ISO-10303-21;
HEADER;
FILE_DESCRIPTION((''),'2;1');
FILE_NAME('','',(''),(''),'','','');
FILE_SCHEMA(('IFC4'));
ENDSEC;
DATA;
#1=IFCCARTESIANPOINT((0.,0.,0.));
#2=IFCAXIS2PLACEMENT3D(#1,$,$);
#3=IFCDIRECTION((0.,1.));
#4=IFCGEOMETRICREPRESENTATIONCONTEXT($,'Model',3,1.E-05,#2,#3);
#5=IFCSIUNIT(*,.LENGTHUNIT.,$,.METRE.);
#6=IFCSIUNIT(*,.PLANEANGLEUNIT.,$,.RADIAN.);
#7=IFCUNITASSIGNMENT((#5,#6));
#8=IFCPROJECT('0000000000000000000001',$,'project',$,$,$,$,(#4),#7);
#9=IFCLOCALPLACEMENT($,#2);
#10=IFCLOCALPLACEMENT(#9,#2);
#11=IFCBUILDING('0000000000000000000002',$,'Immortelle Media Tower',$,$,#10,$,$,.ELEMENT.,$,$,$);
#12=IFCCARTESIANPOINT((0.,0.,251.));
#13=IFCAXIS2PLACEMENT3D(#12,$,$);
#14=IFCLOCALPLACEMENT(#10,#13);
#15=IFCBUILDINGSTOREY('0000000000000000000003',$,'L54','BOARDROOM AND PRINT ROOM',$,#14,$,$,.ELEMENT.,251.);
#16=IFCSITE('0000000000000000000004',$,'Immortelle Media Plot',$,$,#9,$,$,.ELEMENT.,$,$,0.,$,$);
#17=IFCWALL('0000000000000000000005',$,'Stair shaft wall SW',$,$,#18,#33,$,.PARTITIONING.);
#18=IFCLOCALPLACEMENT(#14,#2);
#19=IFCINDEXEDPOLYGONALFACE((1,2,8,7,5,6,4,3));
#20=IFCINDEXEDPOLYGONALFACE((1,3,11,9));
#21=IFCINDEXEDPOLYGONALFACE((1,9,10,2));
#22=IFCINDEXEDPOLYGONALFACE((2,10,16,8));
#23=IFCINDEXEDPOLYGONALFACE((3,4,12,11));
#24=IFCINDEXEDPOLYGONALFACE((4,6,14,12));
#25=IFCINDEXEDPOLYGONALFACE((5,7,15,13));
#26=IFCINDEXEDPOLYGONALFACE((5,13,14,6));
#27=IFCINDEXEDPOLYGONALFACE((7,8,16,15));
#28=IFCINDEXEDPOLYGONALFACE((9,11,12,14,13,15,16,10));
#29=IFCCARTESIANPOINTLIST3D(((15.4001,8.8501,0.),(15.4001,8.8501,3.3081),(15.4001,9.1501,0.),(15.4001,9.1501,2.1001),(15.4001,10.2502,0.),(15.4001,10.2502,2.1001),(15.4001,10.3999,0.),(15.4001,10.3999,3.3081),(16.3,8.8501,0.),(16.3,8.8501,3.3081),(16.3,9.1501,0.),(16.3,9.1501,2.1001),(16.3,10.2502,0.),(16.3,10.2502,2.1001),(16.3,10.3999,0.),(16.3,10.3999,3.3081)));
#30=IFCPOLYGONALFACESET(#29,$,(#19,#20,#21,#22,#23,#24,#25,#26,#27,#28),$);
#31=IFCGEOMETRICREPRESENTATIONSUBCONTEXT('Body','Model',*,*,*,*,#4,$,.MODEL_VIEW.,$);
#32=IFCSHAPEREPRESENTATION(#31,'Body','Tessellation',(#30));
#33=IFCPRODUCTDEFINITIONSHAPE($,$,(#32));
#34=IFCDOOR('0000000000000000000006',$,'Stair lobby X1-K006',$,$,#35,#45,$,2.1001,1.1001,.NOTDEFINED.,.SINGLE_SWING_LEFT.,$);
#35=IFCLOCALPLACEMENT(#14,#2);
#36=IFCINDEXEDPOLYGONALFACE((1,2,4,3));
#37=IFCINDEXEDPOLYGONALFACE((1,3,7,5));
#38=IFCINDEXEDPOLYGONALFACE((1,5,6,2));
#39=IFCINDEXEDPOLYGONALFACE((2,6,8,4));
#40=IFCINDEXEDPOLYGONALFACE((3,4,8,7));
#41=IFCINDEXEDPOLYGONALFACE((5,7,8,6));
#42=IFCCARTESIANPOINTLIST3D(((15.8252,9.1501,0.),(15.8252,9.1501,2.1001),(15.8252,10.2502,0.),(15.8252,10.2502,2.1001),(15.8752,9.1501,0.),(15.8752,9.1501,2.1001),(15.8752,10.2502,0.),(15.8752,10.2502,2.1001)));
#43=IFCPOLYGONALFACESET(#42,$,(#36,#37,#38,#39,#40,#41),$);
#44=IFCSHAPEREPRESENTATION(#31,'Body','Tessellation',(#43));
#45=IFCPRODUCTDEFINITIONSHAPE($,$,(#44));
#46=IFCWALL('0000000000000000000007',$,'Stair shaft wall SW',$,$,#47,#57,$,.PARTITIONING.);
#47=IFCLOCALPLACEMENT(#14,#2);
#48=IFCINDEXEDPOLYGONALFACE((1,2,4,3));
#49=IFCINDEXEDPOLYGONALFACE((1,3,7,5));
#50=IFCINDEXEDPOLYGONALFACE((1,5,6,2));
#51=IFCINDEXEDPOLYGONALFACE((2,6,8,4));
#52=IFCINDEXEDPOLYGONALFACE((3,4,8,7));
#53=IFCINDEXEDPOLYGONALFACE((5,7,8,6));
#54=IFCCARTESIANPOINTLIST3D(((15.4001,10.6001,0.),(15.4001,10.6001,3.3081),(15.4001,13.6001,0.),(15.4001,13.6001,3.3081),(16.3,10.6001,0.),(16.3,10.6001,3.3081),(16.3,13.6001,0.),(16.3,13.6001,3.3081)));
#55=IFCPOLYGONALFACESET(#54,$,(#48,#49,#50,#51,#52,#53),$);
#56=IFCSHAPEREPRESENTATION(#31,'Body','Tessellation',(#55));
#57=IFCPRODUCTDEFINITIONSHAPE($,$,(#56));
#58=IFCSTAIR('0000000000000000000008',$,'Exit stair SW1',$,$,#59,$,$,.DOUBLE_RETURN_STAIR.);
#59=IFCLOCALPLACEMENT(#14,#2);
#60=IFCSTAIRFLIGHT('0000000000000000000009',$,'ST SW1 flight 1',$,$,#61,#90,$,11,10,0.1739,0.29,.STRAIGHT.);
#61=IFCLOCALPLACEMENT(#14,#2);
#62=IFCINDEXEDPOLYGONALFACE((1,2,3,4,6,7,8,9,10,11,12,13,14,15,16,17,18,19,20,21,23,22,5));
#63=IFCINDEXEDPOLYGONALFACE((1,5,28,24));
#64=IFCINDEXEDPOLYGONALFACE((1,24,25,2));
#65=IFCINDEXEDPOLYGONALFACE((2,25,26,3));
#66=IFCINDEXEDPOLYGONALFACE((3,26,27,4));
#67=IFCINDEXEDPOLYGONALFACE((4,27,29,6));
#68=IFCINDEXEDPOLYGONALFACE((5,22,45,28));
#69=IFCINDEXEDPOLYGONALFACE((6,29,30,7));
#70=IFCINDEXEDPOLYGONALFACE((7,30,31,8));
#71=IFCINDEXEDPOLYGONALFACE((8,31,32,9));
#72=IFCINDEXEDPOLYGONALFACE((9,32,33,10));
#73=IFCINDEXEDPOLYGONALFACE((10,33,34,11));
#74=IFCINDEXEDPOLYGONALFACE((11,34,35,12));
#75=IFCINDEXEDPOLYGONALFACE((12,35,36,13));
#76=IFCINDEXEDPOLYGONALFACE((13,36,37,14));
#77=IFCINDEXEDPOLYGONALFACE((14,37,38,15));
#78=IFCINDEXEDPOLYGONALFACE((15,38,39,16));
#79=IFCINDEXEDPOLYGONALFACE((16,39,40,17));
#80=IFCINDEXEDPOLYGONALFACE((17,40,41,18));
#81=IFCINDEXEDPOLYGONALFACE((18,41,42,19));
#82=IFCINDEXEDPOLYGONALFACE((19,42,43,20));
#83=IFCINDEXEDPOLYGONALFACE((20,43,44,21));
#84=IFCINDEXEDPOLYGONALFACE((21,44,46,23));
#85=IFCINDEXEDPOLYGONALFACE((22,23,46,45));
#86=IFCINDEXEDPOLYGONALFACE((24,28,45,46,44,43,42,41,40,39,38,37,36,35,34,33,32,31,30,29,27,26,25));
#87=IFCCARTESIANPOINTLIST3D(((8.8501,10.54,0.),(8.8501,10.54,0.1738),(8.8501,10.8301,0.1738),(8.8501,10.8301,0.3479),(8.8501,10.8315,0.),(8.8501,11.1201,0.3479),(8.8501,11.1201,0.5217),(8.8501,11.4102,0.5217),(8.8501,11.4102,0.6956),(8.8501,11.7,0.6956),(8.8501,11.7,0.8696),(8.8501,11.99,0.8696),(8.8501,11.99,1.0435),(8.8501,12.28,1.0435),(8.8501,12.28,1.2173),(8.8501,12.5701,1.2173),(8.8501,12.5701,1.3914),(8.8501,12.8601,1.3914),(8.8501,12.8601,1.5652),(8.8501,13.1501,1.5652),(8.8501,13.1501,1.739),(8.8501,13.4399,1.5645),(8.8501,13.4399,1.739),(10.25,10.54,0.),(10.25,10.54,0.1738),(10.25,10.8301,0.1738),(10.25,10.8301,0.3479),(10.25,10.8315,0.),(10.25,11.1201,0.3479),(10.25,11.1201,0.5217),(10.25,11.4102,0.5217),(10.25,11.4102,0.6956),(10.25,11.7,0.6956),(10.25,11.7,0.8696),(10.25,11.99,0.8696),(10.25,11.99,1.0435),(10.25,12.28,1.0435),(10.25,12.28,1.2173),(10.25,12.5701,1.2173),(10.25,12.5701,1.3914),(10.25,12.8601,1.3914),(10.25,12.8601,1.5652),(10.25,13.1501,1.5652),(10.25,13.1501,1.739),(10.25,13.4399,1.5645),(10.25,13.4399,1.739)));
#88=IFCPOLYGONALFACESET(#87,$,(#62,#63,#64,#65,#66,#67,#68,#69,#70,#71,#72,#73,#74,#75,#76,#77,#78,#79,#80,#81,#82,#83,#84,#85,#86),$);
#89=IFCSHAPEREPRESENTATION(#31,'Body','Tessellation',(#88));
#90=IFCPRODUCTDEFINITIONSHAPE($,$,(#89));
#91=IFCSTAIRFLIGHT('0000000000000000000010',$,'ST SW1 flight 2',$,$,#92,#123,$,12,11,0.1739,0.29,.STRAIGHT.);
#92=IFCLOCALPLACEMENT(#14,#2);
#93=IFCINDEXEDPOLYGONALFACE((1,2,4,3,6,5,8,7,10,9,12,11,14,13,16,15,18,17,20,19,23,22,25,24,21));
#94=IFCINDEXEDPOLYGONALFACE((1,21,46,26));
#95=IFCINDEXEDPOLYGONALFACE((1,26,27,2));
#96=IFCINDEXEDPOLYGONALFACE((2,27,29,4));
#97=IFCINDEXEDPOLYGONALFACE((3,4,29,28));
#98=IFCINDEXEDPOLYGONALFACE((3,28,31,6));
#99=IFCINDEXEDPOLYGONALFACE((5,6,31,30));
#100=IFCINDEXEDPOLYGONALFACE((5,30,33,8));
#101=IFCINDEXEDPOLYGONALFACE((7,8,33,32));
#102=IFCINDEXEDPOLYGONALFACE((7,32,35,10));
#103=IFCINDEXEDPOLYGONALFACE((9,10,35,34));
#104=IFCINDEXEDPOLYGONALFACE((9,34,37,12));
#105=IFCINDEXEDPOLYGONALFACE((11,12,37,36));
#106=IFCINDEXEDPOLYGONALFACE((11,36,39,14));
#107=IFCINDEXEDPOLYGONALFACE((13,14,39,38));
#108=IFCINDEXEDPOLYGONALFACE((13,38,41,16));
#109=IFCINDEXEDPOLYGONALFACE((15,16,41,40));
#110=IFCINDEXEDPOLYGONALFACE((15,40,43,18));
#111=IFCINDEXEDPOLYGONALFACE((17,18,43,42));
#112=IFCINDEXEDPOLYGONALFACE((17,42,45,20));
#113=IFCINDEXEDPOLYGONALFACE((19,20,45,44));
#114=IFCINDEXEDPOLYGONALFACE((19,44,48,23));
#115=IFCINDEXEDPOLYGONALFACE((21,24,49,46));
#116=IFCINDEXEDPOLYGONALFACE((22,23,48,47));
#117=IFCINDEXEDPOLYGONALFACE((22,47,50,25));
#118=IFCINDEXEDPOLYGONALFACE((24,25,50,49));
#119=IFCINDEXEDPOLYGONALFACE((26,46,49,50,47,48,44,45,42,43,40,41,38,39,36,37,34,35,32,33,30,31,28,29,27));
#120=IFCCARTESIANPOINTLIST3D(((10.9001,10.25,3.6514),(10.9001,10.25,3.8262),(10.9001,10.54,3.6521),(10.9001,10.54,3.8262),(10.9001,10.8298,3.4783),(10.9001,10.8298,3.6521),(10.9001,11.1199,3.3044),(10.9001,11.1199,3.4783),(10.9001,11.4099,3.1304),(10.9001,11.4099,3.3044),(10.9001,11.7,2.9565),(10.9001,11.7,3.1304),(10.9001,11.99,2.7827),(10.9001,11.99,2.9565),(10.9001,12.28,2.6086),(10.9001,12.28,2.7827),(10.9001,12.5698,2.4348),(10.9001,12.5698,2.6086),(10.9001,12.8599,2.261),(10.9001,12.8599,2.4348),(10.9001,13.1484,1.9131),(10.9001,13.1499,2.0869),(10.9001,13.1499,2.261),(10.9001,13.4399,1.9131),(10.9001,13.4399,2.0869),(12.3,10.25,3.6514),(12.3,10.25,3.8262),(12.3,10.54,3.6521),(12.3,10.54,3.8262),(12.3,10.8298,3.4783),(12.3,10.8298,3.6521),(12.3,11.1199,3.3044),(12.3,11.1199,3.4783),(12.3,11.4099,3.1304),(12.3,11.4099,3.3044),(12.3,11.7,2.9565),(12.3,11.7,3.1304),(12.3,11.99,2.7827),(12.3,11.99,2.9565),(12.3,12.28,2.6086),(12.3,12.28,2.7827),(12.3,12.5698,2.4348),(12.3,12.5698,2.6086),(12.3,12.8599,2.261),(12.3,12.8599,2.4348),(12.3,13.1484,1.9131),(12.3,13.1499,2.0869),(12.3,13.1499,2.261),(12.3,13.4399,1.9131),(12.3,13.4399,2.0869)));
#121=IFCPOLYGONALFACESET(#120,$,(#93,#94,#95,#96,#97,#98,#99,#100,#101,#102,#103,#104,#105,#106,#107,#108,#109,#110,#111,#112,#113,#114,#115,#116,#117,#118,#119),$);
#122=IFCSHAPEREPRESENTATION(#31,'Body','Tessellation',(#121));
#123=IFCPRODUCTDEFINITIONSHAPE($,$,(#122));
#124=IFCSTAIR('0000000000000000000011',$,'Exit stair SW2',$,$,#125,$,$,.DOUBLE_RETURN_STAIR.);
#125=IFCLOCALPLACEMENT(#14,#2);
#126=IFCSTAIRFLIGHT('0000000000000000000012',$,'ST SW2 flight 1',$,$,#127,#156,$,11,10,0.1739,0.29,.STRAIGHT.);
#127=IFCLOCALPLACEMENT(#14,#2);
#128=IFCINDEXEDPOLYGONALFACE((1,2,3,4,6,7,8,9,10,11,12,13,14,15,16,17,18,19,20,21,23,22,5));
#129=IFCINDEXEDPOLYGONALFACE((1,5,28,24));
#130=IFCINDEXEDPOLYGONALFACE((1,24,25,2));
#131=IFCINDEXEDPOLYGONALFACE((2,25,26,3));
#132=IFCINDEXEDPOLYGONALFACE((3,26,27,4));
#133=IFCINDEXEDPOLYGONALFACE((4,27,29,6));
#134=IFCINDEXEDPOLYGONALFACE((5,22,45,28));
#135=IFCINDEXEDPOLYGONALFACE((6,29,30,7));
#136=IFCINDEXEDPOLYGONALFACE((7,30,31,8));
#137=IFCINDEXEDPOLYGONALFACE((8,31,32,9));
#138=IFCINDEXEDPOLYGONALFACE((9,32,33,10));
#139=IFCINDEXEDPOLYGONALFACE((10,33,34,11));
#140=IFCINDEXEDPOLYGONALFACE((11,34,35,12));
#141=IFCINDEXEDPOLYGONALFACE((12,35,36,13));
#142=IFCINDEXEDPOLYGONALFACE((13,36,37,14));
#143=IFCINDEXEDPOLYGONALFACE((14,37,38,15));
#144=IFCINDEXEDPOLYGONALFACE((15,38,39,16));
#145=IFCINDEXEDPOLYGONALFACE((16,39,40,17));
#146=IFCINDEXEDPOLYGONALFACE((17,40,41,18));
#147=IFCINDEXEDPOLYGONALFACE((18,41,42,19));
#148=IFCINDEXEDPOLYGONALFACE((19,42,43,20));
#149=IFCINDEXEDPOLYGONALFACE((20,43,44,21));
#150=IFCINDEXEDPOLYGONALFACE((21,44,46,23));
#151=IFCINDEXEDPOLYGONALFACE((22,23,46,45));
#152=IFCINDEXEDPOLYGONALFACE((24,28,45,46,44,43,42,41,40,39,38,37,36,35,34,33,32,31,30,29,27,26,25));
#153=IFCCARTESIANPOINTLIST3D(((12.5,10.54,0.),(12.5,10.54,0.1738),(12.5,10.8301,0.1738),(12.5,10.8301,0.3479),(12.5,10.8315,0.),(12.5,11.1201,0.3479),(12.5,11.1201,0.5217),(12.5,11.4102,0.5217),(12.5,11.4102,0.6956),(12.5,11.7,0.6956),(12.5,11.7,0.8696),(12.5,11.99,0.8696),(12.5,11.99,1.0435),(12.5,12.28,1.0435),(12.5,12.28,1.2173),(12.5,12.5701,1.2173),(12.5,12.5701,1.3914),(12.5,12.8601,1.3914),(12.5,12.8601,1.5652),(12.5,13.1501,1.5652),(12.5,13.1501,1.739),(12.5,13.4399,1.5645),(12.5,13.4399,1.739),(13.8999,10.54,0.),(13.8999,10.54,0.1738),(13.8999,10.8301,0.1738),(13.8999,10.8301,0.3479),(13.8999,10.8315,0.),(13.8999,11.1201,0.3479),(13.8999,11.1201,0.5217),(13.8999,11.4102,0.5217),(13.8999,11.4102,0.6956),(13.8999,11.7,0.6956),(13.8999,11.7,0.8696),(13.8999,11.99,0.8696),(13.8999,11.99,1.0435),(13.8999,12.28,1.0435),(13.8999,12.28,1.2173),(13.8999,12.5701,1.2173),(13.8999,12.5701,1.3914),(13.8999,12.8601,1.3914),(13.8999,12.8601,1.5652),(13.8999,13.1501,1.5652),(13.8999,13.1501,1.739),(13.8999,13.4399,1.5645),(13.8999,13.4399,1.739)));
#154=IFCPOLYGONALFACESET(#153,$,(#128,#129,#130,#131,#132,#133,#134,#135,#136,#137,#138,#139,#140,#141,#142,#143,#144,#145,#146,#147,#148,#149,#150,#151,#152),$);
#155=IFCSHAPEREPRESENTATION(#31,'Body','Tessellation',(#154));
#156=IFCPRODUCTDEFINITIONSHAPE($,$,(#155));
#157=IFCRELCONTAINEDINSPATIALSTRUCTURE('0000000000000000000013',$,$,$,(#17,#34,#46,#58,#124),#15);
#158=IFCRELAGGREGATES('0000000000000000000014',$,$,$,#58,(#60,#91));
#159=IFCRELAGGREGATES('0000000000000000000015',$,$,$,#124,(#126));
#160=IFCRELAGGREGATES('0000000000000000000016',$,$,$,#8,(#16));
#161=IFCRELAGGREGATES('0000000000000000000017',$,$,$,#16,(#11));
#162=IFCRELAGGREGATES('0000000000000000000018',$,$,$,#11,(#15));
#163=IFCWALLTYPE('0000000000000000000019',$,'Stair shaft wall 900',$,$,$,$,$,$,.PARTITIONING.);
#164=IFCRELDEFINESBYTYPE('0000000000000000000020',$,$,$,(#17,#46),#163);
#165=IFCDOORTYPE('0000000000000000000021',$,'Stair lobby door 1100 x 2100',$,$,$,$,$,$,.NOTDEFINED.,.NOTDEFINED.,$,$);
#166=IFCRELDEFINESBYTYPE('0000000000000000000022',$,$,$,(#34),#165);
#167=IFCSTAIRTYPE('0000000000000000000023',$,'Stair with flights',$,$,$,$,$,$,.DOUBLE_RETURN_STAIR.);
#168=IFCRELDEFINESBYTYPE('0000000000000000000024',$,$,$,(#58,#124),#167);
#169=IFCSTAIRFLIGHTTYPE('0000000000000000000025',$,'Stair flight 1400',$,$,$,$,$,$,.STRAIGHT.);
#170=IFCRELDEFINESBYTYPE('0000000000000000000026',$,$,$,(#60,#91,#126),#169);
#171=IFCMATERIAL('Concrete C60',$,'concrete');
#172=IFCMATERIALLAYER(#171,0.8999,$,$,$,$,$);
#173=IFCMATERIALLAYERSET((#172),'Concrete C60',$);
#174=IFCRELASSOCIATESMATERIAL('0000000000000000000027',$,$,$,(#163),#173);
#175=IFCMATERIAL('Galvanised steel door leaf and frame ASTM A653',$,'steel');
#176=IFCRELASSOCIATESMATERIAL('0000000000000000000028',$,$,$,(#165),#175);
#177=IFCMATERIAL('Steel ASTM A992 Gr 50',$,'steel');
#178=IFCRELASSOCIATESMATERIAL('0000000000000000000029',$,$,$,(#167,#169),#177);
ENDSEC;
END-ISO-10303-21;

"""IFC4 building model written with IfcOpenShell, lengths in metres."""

from ifc_helpers import new_model, si_unit, direction, frame, frame_2d, origin, place, context, subcontext, project, spatial, polyline, rectangle, outline, extrude, material, layer, layer_set, type_object, element, fill, aggregate, save


model = new_model("IFC4")

# Units and contexts
model_context = context("Model", 3, precision=1e-05, world=origin(), true_north=direction((0.0, 1.0)))
body_context = subcontext(model_context, "Body", "Model", "MODEL_VIEW")
ifc_project = project(units=[si_unit("LENGTHUNIT", "METRE"), si_unit("PLANEANGLEUNIT", "RADIAN")], contexts=[model_context])

# Site, building, storey
site_placement = place(None, origin())
site = spatial("IfcSite", under=ifc_project, at=site_placement, Name="Immortelle Media Plot", CompositionType="ELEMENT", RefElevation=0.0)
building_placement = place(site_placement, origin())
building = spatial("IfcBuilding", under=site, at=building_placement, Name="Immortelle Media Tower", CompositionType="ELEMENT")
storey_placement = place(building_placement, frame((0.0, 0.0, 251.0)))
storey = spatial("IfcBuildingStorey", under=building, at=storey_placement, Name="L54", Description="BOARDROOM AND PRINT ROOM", CompositionType="ELEMENT", Elevation=251.0)

# Shared definitions
ifc_material_1 = material(Name="Steel ASTM A992 Gr 50", Category="steel")

# Shared definitions
ifc_material_2 = material(Name="Concrete C60", Category="concrete")

# Shared definitions
ifc_material_3 = material(Name="Galvanised steel door leaf and frame ASTM A653", Category="steel")

# Wall, opening, door
ifc_layer_1 = layer(ifc_material_2, 0.8999)
ifc_layer_set_1 = layer_set([ifc_layer_1], Name="Concrete C60")
wall_type_1 = type_object("IfcWallType", Name="Stair shaft wall 900", PredefinedType="PARTITIONING", material=ifc_layer_set_1)
wall_1_placement = place(storey_placement, frame((15.8501, 8.8501, 0.0), z_axis=(0.0, 0.0, 1.0), x_axis=(0.0, 1.0, 0.0)))
wall_1 = element("IfcWall", 1, at=wall_1_placement, inside=storey, type_object=wall_type_1, Name="Stair shaft wall SW", PredefinedType="PARTITIONING", context=body_context, shape_type="SweptSolid", body=[
    extrude(rectangle(XDim=1.5498, YDim=0.8999, at=frame_2d((0.7749, 0.0))), origin(), (0.0, 0.0, 1.0), 3.3081),
])
opening_1_placement = place(wall_1_placement, frame((0.3, 0.0, 0.0)))
opening_1 = element("IfcOpeningElement", 2, at=opening_1_placement, cuts=wall_1, PredefinedType="OPENING", context=body_context, shape_type="SweptSolid", body=[
    extrude(rectangle(XDim=1.1001, YDim=2.1001, at=frame_2d((0.55, 1.05))), frame((0.0, 0.46, 0.0), z_axis=(0.0, -1.0, 0.0), x_axis=(1.0, 0.0, 0.0)), (0.0, 0.0, 1.0), 0.9199),
])
door_type_1 = type_object("IfcDoorType", Name="Stair lobby door 1100 x 2100", OperationType="NOTDEFINED", PredefinedType="NOTDEFINED", material=ifc_material_3)
door_1_placement = place(opening_1_placement, origin())
door_1 = element("IfcDoor", 3, at=door_1_placement, inside=storey, type_object=door_type_1, Name="Stair lobby X1-K006", OperationType="SINGLE_SWING_LEFT", OverallHeight=2.1001, OverallWidth=1.1001, PredefinedType="NOTDEFINED", context=body_context, shape_type="SweptSolid", body=[
    extrude(rectangle(XDim=1.1001, YDim=2.1001, at=frame_2d((0.55, 1.05))), frame((0.0, 0.0249, 0.0), z_axis=(0.0, -1.0, 0.0), x_axis=(1.0, 0.0, 0.0)), (0.0, 0.0, 1.0), 0.05),
])
fill(opening_1, door_1)

# Wall
wall_2_placement = place(storey_placement, frame((15.8501, 10.6001, 0.0), z_axis=(0.0, 0.0, 1.0), x_axis=(0.0, 1.0, 0.0)))
element("IfcWall", 4, at=wall_2_placement, inside=storey, type_object=wall_type_1, Name="Stair shaft wall SW", PredefinedType="PARTITIONING", context=body_context, shape_type="SweptSolid", body=[
    extrude(rectangle(XDim=3.0, YDim=0.8999, at=frame_2d((1.5, 0.0))), origin(), (0.0, 0.0, 1.0), 3.3081),
])

# Stairs, stair flights
stair_type = type_object("IfcStairType", Name="Stair with flights", PredefinedType="DOUBLE_RETURN_STAIR", material=ifc_material_1)
stair_1_placement = place(storey_placement, origin())
stair_1 = element("IfcStair", 5, at=stair_1_placement, inside=storey, type_object=stair_type, Name="Exit stair SW1", PredefinedType="DOUBLE_RETURN_STAIR")
stair_flight_type = type_object("IfcStairFlightType", Name="Stair flight 1400", PredefinedType="STRAIGHT", material=ifc_material_1)
stair_flight_1_placement = place(storey_placement, frame((9.55, 10.54, 0.0), z_axis=(0.0, 0.0, 1.0), x_axis=(0.0, 1.0, 0.0)))
stair_flight_1 = element("IfcStairFlight", 6, at=stair_flight_1_placement, type_object=stair_flight_type, Name="ST SW1 flight 1", NumberOfRisers=11, NumberOfTreads=10, PredefinedType="STRAIGHT", RiserHeight=0.1739, TreadLength=0.29, context=body_context, shape_type="SweptSolid", body=[
    extrude(outline(polyline([(0.0, 0.0), (0.0, 0.1738), (0.29, 0.1738), (0.29, 0.3479), (0.5801, 0.3479), (0.5801, 0.5217), (0.8701, 0.5217), (0.8701, 0.6956), (1.1599, 0.6956), (1.1599, 0.8696), (1.45, 0.8696), (1.45, 1.0435), (1.74, 1.0435), (1.74, 1.2173), (2.03, 1.2173), (2.03, 1.3914), (2.3201, 1.3914), (2.3201, 1.5652), (2.6101, 1.5652), (2.6101, 1.739), (2.8999, 1.739), (2.8999, 1.9131), (2.8999, 1.5645), (0.2915, 0.0), (0.0, 0.0)])), frame((0.0, 0.7, 0.0), z_axis=(0.0, -1.0, 0.0), x_axis=(1.0, 0.0, 0.0)), (0.0, 0.0, 1.0), 1.3999),
])
stair_flight_2_placement = place(storey_placement, frame((11.6001, 13.4399, 1.9131), z_axis=(0.0, 0.0, 1.0), x_axis=(0.0, -1.0, 0.0)))
stair_flight_2 = element("IfcStairFlight", 7, at=stair_flight_2_placement, type_object=stair_flight_type, Name="ST SW1 flight 2", NumberOfRisers=12, NumberOfTreads=11, PredefinedType="STRAIGHT", RiserHeight=0.1739, TreadLength=0.29, context=body_context, shape_type="SweptSolid", body=[
    extrude(outline(polyline([(0.0, 0.0), (0.0, 0.1738), (0.29, 0.1738), (0.29, 0.3479), (0.5801, 0.3479), (0.5801, 0.5217), (0.8701, 0.5217), (0.8701, 0.6956), (1.1599, 0.6956), (1.1599, 0.8696), (1.45, 0.8696), (1.45, 1.0435), (1.74, 1.0435), (1.74, 1.2173), (2.03, 1.2173), (2.03, 1.3914), (2.3201, 1.3914), (2.3201, 1.5652), (2.6101, 1.5652), (2.6101, 1.739), (2.8999, 1.739), (2.8999, 1.9131), (3.1899, 1.9131), (3.1899, 2.0869), (3.1899, 1.7383), (0.2915, 0.0), (0.0, 0.0)])), frame((0.0, 0.7, 0.0), z_axis=(0.0, -1.0, 0.0), x_axis=(1.0, 0.0, 0.0)), (0.0, 0.0, 1.0), 1.3999),
])
aggregate(stair_1, [stair_flight_1, stair_flight_2])
stair_2_placement = place(storey_placement, origin())
stair_2 = element("IfcStair", 8, at=stair_2_placement, inside=storey, type_object=stair_type, Name="Exit stair SW2", PredefinedType="DOUBLE_RETURN_STAIR")
stair_flight_3_placement = place(storey_placement, frame((13.2, 10.54, 0.0), z_axis=(0.0, 0.0, 1.0), x_axis=(0.0, 1.0, 0.0)))
stair_flight_3 = element("IfcStairFlight", 9, at=stair_flight_3_placement, type_object=stair_flight_type, Name="ST SW2 flight 1", NumberOfRisers=11, NumberOfTreads=10, PredefinedType="STRAIGHT", RiserHeight=0.1739, TreadLength=0.29, context=body_context, shape_type="SweptSolid", body=[
    extrude(outline(polyline([(0.0, 0.0), (0.0, 0.1738), (0.29, 0.1738), (0.29, 0.3479), (0.5801, 0.3479), (0.5801, 0.5217), (0.8701, 0.5217), (0.8701, 0.6956), (1.1599, 0.6956), (1.1599, 0.8696), (1.45, 0.8696), (1.45, 1.0435), (1.74, 1.0435), (1.74, 1.2173), (2.03, 1.2173), (2.03, 1.3914), (2.3201, 1.3914), (2.3201, 1.5652), (2.6101, 1.5652), (2.6101, 1.739), (2.8999, 1.739), (2.8999, 1.9131), (2.8999, 1.5645), (0.2915, 0.0), (0.0, 0.0)])), frame((0.0, 0.7, 0.0), z_axis=(0.0, -1.0, 0.0), x_axis=(1.0, 0.0, 0.0)), (0.0, 0.0, 1.0), 1.3999),
])
aggregate(stair_2, [stair_flight_3])

save(model, "model.ifc")
